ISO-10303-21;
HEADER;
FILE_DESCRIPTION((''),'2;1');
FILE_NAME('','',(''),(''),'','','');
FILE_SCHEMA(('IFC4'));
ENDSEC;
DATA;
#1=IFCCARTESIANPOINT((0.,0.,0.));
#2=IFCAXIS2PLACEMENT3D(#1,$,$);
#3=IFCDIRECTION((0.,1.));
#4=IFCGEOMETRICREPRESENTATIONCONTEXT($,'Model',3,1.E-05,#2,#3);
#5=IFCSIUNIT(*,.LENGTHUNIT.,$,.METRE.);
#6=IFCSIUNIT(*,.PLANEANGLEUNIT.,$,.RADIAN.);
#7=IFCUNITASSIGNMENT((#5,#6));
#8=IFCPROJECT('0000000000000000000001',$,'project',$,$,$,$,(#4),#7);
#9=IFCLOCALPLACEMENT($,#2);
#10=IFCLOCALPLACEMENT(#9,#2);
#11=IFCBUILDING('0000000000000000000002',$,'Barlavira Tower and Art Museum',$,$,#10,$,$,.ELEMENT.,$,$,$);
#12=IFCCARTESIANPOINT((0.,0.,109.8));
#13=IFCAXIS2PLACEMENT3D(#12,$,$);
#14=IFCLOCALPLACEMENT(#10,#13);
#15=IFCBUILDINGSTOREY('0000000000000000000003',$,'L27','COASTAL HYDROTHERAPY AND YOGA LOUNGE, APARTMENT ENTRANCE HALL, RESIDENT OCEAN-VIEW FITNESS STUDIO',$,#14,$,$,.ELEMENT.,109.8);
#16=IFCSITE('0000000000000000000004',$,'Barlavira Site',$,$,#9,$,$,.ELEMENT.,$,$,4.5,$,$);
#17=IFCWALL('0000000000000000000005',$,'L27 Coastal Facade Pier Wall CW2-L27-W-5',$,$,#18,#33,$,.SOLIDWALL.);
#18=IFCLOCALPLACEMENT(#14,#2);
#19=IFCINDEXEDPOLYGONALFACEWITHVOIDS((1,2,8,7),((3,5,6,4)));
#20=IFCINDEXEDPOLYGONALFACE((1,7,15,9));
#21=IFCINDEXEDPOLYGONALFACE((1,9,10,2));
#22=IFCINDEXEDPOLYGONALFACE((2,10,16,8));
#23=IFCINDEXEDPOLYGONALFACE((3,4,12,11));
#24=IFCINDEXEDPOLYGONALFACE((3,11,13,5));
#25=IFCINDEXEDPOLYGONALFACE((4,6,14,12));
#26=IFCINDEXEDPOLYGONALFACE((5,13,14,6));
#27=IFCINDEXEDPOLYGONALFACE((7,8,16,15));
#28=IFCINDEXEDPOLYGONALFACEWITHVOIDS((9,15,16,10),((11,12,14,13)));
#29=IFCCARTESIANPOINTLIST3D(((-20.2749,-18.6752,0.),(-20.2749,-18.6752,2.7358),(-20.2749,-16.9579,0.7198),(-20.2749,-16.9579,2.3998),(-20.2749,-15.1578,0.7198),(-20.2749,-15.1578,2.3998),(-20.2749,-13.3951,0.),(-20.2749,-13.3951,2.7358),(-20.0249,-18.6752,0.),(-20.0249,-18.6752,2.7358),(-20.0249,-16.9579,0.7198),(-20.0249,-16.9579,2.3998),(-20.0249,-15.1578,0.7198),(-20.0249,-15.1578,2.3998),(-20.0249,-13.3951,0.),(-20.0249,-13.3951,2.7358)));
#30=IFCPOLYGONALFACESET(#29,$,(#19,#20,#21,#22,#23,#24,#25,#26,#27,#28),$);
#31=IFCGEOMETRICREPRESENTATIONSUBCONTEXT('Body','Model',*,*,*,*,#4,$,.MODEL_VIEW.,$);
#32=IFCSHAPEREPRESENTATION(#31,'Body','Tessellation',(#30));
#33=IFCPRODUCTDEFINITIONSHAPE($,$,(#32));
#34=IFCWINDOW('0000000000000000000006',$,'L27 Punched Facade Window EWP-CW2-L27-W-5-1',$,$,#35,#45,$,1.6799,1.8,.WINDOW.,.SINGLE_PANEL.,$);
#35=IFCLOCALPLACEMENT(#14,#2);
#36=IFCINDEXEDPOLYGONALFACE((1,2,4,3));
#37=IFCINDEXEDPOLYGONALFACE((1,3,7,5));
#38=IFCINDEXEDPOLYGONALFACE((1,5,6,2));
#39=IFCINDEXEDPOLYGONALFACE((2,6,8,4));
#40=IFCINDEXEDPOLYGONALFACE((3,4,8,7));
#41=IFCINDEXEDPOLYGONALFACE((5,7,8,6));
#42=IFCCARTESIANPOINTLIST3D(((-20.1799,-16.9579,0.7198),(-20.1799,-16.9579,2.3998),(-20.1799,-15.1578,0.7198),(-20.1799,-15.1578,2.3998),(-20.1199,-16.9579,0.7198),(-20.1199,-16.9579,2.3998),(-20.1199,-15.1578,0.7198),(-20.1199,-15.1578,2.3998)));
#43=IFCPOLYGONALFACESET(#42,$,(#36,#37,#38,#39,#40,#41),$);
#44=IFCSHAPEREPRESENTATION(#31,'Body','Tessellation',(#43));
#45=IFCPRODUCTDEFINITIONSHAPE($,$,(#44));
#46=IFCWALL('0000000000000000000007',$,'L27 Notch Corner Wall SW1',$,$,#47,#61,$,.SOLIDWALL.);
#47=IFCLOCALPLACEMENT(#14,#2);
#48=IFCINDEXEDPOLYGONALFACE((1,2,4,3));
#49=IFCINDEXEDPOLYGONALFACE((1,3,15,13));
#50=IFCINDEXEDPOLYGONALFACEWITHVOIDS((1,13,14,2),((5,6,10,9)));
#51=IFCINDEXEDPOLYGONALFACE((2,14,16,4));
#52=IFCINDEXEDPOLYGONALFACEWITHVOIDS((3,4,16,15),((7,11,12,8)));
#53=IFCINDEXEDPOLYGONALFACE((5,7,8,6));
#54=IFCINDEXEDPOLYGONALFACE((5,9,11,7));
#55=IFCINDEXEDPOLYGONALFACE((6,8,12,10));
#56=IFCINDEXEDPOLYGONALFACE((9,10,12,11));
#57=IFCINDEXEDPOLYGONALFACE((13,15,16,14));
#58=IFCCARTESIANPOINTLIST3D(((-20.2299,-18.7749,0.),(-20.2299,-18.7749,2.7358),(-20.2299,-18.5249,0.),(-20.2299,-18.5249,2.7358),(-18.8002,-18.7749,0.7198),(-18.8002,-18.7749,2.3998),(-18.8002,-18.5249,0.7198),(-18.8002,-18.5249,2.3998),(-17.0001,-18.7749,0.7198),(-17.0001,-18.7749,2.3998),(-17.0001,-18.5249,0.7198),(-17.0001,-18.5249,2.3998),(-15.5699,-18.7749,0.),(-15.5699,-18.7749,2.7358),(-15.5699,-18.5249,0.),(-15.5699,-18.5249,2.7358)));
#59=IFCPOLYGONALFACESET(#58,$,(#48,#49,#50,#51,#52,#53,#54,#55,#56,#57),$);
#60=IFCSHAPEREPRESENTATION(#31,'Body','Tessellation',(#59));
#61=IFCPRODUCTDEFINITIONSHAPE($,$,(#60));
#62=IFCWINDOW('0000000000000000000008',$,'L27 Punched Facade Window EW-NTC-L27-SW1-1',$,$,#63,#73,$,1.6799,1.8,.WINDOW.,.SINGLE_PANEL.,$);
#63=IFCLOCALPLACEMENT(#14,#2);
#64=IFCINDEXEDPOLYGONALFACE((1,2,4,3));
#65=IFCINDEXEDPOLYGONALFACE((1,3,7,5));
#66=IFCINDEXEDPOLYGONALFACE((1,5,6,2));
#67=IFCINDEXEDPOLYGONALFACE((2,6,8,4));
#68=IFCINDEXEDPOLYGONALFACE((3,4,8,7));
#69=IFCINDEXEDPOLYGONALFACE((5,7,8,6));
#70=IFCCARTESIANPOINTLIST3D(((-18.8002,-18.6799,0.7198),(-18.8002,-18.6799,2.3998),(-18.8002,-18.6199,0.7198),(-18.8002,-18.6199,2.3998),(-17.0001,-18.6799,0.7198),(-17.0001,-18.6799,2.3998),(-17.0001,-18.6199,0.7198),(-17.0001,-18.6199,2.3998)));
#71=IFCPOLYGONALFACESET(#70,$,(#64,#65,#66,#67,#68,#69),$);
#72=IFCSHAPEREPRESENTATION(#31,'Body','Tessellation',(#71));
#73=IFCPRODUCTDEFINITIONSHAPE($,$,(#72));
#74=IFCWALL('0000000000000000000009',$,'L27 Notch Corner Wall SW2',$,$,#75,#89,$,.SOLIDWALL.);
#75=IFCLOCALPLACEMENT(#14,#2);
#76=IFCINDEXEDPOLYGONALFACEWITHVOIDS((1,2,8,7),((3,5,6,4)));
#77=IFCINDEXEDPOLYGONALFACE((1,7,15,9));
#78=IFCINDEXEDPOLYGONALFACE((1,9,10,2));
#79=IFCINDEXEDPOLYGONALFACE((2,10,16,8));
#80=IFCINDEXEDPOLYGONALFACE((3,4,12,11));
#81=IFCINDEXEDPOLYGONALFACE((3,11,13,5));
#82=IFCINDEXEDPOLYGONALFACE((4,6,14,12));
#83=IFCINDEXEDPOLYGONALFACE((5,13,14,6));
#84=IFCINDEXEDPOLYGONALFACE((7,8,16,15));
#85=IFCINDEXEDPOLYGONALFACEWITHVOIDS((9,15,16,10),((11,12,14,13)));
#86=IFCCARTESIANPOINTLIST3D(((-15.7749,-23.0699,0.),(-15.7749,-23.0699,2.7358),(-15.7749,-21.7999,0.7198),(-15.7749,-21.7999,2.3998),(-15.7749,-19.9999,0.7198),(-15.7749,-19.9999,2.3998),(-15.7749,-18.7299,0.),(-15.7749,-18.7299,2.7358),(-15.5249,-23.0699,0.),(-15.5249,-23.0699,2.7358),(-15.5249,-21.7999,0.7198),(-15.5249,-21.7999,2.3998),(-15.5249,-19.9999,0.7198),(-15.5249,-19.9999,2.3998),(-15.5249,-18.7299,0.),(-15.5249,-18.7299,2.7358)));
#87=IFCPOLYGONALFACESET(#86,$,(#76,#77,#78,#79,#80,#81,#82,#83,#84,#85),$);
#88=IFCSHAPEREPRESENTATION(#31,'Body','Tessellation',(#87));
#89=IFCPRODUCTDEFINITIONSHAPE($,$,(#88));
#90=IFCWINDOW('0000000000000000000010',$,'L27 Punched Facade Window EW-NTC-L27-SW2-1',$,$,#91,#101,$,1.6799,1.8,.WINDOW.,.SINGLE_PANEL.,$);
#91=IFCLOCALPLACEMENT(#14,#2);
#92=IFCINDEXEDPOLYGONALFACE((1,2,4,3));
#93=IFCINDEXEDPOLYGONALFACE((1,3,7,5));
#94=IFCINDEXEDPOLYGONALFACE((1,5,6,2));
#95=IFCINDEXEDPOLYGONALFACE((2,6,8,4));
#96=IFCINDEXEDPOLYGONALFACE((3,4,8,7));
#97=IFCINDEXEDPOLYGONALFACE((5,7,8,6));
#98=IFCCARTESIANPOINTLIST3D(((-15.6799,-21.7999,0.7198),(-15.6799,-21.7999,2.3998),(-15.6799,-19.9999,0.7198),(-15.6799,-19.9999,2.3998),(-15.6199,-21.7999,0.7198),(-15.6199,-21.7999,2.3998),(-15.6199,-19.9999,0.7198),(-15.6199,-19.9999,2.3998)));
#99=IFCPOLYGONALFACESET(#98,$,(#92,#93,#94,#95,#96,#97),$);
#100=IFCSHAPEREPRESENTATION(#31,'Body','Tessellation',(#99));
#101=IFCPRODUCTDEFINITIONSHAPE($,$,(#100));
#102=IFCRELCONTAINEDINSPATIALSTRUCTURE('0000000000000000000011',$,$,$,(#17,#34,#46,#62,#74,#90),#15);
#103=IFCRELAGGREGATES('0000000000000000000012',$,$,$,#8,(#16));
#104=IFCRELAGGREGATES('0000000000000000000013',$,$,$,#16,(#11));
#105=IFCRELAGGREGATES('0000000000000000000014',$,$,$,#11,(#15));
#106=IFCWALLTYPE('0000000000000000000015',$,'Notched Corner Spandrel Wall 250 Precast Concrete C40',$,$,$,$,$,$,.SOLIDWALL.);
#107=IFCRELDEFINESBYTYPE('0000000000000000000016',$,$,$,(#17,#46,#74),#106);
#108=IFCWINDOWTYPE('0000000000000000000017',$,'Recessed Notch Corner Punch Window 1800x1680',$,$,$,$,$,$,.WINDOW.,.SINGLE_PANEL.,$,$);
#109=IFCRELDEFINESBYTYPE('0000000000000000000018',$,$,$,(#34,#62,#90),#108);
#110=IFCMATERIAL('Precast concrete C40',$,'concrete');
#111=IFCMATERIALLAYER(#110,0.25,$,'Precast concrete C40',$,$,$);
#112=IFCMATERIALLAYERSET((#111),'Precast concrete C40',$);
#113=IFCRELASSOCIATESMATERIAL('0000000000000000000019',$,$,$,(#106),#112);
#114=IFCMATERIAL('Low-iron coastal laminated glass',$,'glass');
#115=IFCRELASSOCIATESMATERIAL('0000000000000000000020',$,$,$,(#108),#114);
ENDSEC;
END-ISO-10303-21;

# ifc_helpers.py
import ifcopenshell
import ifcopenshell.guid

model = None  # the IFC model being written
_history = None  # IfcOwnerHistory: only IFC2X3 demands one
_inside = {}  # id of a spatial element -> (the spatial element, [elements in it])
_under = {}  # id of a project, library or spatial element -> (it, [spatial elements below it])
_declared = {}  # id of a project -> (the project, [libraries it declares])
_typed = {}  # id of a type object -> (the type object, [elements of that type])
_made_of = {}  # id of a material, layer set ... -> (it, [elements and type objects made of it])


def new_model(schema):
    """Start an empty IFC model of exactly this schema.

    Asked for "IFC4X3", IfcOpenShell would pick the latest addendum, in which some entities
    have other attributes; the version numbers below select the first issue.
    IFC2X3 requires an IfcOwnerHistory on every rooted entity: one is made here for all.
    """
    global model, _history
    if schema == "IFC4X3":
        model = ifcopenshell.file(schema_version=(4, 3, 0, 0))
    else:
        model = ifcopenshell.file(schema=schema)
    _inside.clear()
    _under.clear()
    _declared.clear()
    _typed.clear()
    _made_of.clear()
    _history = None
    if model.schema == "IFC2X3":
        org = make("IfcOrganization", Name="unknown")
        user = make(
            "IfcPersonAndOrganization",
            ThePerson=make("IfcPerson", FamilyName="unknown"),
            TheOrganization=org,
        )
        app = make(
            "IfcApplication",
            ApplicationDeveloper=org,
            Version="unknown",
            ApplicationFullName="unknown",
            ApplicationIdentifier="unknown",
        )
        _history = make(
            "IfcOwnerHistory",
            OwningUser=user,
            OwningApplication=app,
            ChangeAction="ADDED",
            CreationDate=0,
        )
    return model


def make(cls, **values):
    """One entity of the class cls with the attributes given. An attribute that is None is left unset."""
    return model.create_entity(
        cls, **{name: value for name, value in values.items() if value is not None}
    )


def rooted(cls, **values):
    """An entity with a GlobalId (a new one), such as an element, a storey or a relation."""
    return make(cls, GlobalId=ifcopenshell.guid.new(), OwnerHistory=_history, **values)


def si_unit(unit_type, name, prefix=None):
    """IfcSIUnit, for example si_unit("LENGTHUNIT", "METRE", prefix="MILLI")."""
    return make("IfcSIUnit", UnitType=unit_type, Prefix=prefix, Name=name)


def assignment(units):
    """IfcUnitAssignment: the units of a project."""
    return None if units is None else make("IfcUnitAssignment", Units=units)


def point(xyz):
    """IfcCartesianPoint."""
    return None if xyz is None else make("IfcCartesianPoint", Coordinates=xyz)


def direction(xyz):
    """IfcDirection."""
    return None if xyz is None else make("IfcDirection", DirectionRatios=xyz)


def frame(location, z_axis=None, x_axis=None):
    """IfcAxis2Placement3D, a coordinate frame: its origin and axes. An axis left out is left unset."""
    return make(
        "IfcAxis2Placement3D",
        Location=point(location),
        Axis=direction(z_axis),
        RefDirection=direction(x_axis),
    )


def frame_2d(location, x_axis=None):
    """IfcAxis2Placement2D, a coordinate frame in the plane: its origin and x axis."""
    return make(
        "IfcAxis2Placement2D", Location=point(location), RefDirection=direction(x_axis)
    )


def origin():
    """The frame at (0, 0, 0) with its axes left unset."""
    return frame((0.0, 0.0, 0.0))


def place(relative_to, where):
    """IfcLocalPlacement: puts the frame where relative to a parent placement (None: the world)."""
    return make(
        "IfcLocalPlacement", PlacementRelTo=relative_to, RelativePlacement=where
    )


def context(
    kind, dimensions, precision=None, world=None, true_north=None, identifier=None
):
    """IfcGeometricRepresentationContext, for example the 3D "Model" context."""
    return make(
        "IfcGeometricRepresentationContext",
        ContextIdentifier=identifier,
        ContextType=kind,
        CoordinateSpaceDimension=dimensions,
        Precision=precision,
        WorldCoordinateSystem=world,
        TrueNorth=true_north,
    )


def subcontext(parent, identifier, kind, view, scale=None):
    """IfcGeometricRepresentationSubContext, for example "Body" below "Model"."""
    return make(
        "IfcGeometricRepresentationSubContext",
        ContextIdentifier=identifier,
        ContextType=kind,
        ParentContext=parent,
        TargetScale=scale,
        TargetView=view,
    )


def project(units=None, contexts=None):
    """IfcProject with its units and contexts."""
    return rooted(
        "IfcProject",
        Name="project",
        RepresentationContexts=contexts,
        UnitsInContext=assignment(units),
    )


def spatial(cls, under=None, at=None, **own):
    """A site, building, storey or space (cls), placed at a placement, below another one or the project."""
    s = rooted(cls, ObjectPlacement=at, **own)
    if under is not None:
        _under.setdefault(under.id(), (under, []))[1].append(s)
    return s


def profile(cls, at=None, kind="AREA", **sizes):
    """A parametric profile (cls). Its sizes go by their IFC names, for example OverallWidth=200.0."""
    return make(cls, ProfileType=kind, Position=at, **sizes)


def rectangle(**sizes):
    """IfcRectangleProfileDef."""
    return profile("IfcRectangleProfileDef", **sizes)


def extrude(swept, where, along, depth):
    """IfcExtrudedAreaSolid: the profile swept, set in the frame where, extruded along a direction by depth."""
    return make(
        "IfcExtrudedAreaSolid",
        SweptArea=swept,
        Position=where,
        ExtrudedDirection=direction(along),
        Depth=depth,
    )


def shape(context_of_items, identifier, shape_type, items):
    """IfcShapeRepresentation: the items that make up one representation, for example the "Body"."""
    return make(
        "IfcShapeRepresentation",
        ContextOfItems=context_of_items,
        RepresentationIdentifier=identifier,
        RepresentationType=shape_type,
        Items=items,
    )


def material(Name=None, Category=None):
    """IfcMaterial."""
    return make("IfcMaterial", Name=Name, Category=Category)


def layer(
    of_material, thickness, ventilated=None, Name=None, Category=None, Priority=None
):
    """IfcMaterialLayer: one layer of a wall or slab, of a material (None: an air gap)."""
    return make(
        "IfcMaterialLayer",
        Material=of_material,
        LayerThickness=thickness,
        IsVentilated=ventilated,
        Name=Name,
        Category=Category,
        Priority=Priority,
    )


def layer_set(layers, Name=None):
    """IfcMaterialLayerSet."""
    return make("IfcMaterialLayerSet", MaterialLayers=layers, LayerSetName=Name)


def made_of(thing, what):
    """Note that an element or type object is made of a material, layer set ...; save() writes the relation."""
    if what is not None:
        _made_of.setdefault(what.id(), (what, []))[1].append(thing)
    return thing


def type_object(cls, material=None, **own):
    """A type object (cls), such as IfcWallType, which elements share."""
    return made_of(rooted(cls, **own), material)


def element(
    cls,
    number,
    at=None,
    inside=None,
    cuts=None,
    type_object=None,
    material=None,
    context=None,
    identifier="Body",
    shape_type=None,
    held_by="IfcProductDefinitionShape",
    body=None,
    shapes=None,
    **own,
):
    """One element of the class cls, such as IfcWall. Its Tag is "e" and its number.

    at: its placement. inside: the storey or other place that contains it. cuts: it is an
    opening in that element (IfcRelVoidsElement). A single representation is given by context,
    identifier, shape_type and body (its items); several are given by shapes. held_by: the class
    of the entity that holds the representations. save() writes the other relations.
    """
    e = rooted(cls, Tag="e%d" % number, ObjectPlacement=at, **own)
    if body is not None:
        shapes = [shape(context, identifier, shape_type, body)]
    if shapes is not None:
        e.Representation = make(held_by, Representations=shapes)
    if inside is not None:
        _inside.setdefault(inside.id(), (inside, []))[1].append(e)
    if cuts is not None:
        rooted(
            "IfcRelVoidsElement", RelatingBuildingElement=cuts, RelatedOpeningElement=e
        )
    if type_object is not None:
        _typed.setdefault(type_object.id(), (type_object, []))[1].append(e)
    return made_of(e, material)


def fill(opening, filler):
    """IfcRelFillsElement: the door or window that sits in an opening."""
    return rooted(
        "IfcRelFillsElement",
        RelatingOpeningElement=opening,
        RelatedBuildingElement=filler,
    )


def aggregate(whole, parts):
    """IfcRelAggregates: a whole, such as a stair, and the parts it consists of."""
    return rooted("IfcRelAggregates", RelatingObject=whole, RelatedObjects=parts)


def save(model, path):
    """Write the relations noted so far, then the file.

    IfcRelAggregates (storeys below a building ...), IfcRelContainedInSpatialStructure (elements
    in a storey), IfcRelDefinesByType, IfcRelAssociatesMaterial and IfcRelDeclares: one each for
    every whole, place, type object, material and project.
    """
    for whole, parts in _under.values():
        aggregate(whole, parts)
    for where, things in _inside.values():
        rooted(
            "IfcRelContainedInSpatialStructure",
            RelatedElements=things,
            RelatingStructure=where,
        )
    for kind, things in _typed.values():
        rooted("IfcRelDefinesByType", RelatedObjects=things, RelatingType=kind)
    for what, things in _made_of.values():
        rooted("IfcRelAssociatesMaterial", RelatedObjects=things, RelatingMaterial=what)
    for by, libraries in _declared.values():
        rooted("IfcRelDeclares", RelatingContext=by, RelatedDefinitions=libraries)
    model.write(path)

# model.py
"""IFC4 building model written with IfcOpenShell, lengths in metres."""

from ifc_helpers import new_model, si_unit, direction, frame, frame_2d, origin, place, context, subcontext, project, spatial, rectangle, extrude, material, layer, layer_set, type_object, element, fill, save


model = new_model("IFC4")

# Units and contexts
model_context = context("Model", 3, precision=1e-05, world=origin(), true_north=direction((0.0, 1.0)))
body_context = subcontext(model_context, "Body", "Model", "MODEL_VIEW")
ifc_project = project(units=[si_unit("LENGTHUNIT", "METRE"), si_unit("PLANEANGLEUNIT", "RADIAN")], contexts=[model_context])

# Site, building, storey
site_placement = place(None, origin())
site = spatial("IfcSite", under=ifc_project, at=site_placement, Name="Barlavira Site", CompositionType="ELEMENT", RefElevation=4.5)
building_placement = place(site_placement, origin())
building = spatial("IfcBuilding", under=site, at=building_placement, Name="Barlavira Tower and Art Museum", CompositionType="ELEMENT")
storey_placement = place(building_placement, frame((0.0, 0.0, 109.8)))
storey = spatial("IfcBuildingStorey", under=building, at=storey_placement, Name="L27", Description="COASTAL HYDROTHERAPY AND YOGA LOUNGE, APARTMENT ENTRANCE HALL, RESIDENT OCEAN-VIEW FITNESS STUDIO", CompositionType="ELEMENT", Elevation=109.8)

# Walls, openings, windows
ifc_material_1 = material(Name="Precast concrete C40", Category="concrete")
ifc_layer_1 = layer(ifc_material_1, 0.25, Name="Precast concrete C40")
ifc_layer_set_1 = layer_set([ifc_layer_1], Name="Precast concrete C40")
wall_type = type_object("IfcWallType", Name="Notched Corner Spandrel Wall 250 Precast Concrete C40", PredefinedType="SOLIDWALL", material=ifc_layer_set_1)
ifc_material_2 = material(Name="Low-iron coastal laminated glass", Category="glass")
window_type = type_object("IfcWindowType", Name="Recessed Notch Corner Punch Window 1800x1680", PartitioningType="SINGLE_PANEL", PredefinedType="WINDOW", material=ifc_material_2)
wall_1_placement = place(storey_placement, frame((-20.1499, -13.395, 0.0), z_axis=(0.0, 0.0, 1.0), x_axis=(0.0, -1.0, 0.0)))
wall_1 = element("IfcWall", 1, at=wall_1_placement, inside=storey, type_object=wall_type, Name="L27 Coastal Facade Pier Wall CW2-L27-W-5", PredefinedType="SOLIDWALL", context=body_context, shape_type="SweptSolid", body=[
    extrude(rectangle(XDim=5.28, YDim=0.25, at=frame_2d((2.6401, 0.0))), origin(), (0.0, 0.0, 1.0), 2.7358),
])
opening_1_placement = place(wall_1_placement, frame((1.7629, 0.0, 0.72)))
opening_1 = element("IfcOpeningElement", 2, at=opening_1_placement, cuts=wall_1, PredefinedType="OPENING", context=body_context, shape_type="SweptSolid", body=[
    extrude(rectangle(XDim=1.8, YDim=1.6799, at=frame_2d((0.8999, 0.8398))), frame((0.0, 0.135, 0.0), z_axis=(0.0, -1.0, 0.0), x_axis=(1.0, 0.0, 0.0)), (0.0, 0.0, 1.0), 0.27),
])
window_1_placement = place(opening_1_placement, origin())
window_1 = element("IfcWindow", 3, at=window_1_placement, inside=storey, type_object=window_type, Name="L27 Punched Facade Window EWP-CW2-L27-W-5-1", OverallHeight=1.6799, OverallWidth=1.8, PartitioningType="SINGLE_PANEL", PredefinedType="WINDOW", context=body_context, shape_type="SweptSolid", body=[
    extrude(rectangle(XDim=1.8, YDim=1.6799, at=frame_2d((0.8999, 0.8398))), frame((0.0, 0.03, 0.0), z_axis=(0.0, -1.0, 0.0), x_axis=(1.0, 0.0, 0.0)), (0.0, 0.0, 1.0), 0.0601),
])
fill(opening_1, window_1)
wall_2_placement = place(storey_placement, frame((-20.23, -18.6499, 0.0), z_axis=(0.0, 0.0, 1.0), x_axis=(1.0, 0.0, 0.0)))
wall_2 = element("IfcWall", 4, at=wall_2_placement, inside=storey, type_object=wall_type, Name="L27 Notch Corner Wall SW1", PredefinedType="SOLIDWALL", context=body_context, shape_type="SweptSolid", body=[
    extrude(rectangle(XDim=4.6599, YDim=0.25, at=frame_2d((2.3301, 0.0))), origin(), (0.0, 0.0, 1.0), 2.7358),
])
opening_2_placement = place(wall_2_placement, frame((1.4299, 0.0, 0.72)))
opening_2 = element("IfcOpeningElement", 5, at=opening_2_placement, cuts=wall_2, PredefinedType="OPENING", context=body_context, shape_type="SweptSolid", body=[
    extrude(rectangle(XDim=1.8, YDim=1.6799, at=frame_2d((0.8999, 0.8398))), frame((0.0, 0.135, 0.0), z_axis=(0.0, -1.0, 0.0), x_axis=(1.0, 0.0, 0.0)), (0.0, 0.0, 1.0), 0.27),
])
window_2_placement = place(opening_2_placement, origin())
window_2 = element("IfcWindow", 6, at=window_2_placement, inside=storey, type_object=window_type, Name="L27 Punched Facade Window EW-NTC-L27-SW1-1", OverallHeight=1.6799, OverallWidth=1.8, PartitioningType="SINGLE_PANEL", PredefinedType="WINDOW", context=body_context, shape_type="SweptSolid", body=[
    extrude(rectangle(XDim=1.8, YDim=1.6799, at=frame_2d((0.8999, 0.8398))), frame((0.0, 0.03, 0.0), z_axis=(0.0, -1.0, 0.0), x_axis=(1.0, 0.0, 0.0)), (0.0, 0.0, 1.0), 0.0601),
])
fill(opening_2, window_2)
wall_3_placement = place(storey_placement, frame((-15.6499, -18.73, 0.0), z_axis=(0.0, 0.0, 1.0), x_axis=(0.0, -1.0, 0.0)))
wall_3 = element("IfcWall", 7, at=wall_3_placement, inside=storey, type_object=wall_type, Name="L27 Notch Corner Wall SW2", PredefinedType="SOLIDWALL", context=body_context, shape_type="SweptSolid", body=[
    extrude(rectangle(XDim=4.3401, YDim=0.25, at=frame_2d((2.1699, 0.0))), origin(), (0.0, 0.0, 1.0), 2.7358),
])
opening_3_placement = place(wall_3_placement, frame((1.27, 0.0, 0.72)))
opening_3 = element("IfcOpeningElement", 8, at=opening_3_placement, cuts=wall_3, PredefinedType="OPENING", context=body_context, shape_type="SweptSolid", body=[
    extrude(rectangle(XDim=1.8, YDim=1.6799, at=frame_2d((0.8999, 0.8398))), frame((0.0, 0.135, 0.0), z_axis=(0.0, -1.0, 0.0), x_axis=(1.0, 0.0, 0.0)), (0.0, 0.0, 1.0), 0.27),
])
window_3_placement = place(opening_3_placement, origin())
window_3 = element("IfcWindow", 9, at=window_3_placement, inside=storey, type_object=window_type, Name="L27 Punched Facade Window EW-NTC-L27-SW2-1", OverallHeight=1.6799, OverallWidth=1.8, PartitioningType="SINGLE_PANEL", PredefinedType="WINDOW", context=body_context, shape_type="SweptSolid", body=[
    extrude(rectangle(XDim=1.8, YDim=1.6799, at=frame_2d((0.8999, 0.8398))), frame((0.0, 0.03, 0.0), z_axis=(0.0, -1.0, 0.0), x_axis=(1.0, 0.0, 0.0)), (0.0, 0.0, 1.0), 0.0601),
])
fill(opening_3, window_3)

save(model, "model.ifc")
